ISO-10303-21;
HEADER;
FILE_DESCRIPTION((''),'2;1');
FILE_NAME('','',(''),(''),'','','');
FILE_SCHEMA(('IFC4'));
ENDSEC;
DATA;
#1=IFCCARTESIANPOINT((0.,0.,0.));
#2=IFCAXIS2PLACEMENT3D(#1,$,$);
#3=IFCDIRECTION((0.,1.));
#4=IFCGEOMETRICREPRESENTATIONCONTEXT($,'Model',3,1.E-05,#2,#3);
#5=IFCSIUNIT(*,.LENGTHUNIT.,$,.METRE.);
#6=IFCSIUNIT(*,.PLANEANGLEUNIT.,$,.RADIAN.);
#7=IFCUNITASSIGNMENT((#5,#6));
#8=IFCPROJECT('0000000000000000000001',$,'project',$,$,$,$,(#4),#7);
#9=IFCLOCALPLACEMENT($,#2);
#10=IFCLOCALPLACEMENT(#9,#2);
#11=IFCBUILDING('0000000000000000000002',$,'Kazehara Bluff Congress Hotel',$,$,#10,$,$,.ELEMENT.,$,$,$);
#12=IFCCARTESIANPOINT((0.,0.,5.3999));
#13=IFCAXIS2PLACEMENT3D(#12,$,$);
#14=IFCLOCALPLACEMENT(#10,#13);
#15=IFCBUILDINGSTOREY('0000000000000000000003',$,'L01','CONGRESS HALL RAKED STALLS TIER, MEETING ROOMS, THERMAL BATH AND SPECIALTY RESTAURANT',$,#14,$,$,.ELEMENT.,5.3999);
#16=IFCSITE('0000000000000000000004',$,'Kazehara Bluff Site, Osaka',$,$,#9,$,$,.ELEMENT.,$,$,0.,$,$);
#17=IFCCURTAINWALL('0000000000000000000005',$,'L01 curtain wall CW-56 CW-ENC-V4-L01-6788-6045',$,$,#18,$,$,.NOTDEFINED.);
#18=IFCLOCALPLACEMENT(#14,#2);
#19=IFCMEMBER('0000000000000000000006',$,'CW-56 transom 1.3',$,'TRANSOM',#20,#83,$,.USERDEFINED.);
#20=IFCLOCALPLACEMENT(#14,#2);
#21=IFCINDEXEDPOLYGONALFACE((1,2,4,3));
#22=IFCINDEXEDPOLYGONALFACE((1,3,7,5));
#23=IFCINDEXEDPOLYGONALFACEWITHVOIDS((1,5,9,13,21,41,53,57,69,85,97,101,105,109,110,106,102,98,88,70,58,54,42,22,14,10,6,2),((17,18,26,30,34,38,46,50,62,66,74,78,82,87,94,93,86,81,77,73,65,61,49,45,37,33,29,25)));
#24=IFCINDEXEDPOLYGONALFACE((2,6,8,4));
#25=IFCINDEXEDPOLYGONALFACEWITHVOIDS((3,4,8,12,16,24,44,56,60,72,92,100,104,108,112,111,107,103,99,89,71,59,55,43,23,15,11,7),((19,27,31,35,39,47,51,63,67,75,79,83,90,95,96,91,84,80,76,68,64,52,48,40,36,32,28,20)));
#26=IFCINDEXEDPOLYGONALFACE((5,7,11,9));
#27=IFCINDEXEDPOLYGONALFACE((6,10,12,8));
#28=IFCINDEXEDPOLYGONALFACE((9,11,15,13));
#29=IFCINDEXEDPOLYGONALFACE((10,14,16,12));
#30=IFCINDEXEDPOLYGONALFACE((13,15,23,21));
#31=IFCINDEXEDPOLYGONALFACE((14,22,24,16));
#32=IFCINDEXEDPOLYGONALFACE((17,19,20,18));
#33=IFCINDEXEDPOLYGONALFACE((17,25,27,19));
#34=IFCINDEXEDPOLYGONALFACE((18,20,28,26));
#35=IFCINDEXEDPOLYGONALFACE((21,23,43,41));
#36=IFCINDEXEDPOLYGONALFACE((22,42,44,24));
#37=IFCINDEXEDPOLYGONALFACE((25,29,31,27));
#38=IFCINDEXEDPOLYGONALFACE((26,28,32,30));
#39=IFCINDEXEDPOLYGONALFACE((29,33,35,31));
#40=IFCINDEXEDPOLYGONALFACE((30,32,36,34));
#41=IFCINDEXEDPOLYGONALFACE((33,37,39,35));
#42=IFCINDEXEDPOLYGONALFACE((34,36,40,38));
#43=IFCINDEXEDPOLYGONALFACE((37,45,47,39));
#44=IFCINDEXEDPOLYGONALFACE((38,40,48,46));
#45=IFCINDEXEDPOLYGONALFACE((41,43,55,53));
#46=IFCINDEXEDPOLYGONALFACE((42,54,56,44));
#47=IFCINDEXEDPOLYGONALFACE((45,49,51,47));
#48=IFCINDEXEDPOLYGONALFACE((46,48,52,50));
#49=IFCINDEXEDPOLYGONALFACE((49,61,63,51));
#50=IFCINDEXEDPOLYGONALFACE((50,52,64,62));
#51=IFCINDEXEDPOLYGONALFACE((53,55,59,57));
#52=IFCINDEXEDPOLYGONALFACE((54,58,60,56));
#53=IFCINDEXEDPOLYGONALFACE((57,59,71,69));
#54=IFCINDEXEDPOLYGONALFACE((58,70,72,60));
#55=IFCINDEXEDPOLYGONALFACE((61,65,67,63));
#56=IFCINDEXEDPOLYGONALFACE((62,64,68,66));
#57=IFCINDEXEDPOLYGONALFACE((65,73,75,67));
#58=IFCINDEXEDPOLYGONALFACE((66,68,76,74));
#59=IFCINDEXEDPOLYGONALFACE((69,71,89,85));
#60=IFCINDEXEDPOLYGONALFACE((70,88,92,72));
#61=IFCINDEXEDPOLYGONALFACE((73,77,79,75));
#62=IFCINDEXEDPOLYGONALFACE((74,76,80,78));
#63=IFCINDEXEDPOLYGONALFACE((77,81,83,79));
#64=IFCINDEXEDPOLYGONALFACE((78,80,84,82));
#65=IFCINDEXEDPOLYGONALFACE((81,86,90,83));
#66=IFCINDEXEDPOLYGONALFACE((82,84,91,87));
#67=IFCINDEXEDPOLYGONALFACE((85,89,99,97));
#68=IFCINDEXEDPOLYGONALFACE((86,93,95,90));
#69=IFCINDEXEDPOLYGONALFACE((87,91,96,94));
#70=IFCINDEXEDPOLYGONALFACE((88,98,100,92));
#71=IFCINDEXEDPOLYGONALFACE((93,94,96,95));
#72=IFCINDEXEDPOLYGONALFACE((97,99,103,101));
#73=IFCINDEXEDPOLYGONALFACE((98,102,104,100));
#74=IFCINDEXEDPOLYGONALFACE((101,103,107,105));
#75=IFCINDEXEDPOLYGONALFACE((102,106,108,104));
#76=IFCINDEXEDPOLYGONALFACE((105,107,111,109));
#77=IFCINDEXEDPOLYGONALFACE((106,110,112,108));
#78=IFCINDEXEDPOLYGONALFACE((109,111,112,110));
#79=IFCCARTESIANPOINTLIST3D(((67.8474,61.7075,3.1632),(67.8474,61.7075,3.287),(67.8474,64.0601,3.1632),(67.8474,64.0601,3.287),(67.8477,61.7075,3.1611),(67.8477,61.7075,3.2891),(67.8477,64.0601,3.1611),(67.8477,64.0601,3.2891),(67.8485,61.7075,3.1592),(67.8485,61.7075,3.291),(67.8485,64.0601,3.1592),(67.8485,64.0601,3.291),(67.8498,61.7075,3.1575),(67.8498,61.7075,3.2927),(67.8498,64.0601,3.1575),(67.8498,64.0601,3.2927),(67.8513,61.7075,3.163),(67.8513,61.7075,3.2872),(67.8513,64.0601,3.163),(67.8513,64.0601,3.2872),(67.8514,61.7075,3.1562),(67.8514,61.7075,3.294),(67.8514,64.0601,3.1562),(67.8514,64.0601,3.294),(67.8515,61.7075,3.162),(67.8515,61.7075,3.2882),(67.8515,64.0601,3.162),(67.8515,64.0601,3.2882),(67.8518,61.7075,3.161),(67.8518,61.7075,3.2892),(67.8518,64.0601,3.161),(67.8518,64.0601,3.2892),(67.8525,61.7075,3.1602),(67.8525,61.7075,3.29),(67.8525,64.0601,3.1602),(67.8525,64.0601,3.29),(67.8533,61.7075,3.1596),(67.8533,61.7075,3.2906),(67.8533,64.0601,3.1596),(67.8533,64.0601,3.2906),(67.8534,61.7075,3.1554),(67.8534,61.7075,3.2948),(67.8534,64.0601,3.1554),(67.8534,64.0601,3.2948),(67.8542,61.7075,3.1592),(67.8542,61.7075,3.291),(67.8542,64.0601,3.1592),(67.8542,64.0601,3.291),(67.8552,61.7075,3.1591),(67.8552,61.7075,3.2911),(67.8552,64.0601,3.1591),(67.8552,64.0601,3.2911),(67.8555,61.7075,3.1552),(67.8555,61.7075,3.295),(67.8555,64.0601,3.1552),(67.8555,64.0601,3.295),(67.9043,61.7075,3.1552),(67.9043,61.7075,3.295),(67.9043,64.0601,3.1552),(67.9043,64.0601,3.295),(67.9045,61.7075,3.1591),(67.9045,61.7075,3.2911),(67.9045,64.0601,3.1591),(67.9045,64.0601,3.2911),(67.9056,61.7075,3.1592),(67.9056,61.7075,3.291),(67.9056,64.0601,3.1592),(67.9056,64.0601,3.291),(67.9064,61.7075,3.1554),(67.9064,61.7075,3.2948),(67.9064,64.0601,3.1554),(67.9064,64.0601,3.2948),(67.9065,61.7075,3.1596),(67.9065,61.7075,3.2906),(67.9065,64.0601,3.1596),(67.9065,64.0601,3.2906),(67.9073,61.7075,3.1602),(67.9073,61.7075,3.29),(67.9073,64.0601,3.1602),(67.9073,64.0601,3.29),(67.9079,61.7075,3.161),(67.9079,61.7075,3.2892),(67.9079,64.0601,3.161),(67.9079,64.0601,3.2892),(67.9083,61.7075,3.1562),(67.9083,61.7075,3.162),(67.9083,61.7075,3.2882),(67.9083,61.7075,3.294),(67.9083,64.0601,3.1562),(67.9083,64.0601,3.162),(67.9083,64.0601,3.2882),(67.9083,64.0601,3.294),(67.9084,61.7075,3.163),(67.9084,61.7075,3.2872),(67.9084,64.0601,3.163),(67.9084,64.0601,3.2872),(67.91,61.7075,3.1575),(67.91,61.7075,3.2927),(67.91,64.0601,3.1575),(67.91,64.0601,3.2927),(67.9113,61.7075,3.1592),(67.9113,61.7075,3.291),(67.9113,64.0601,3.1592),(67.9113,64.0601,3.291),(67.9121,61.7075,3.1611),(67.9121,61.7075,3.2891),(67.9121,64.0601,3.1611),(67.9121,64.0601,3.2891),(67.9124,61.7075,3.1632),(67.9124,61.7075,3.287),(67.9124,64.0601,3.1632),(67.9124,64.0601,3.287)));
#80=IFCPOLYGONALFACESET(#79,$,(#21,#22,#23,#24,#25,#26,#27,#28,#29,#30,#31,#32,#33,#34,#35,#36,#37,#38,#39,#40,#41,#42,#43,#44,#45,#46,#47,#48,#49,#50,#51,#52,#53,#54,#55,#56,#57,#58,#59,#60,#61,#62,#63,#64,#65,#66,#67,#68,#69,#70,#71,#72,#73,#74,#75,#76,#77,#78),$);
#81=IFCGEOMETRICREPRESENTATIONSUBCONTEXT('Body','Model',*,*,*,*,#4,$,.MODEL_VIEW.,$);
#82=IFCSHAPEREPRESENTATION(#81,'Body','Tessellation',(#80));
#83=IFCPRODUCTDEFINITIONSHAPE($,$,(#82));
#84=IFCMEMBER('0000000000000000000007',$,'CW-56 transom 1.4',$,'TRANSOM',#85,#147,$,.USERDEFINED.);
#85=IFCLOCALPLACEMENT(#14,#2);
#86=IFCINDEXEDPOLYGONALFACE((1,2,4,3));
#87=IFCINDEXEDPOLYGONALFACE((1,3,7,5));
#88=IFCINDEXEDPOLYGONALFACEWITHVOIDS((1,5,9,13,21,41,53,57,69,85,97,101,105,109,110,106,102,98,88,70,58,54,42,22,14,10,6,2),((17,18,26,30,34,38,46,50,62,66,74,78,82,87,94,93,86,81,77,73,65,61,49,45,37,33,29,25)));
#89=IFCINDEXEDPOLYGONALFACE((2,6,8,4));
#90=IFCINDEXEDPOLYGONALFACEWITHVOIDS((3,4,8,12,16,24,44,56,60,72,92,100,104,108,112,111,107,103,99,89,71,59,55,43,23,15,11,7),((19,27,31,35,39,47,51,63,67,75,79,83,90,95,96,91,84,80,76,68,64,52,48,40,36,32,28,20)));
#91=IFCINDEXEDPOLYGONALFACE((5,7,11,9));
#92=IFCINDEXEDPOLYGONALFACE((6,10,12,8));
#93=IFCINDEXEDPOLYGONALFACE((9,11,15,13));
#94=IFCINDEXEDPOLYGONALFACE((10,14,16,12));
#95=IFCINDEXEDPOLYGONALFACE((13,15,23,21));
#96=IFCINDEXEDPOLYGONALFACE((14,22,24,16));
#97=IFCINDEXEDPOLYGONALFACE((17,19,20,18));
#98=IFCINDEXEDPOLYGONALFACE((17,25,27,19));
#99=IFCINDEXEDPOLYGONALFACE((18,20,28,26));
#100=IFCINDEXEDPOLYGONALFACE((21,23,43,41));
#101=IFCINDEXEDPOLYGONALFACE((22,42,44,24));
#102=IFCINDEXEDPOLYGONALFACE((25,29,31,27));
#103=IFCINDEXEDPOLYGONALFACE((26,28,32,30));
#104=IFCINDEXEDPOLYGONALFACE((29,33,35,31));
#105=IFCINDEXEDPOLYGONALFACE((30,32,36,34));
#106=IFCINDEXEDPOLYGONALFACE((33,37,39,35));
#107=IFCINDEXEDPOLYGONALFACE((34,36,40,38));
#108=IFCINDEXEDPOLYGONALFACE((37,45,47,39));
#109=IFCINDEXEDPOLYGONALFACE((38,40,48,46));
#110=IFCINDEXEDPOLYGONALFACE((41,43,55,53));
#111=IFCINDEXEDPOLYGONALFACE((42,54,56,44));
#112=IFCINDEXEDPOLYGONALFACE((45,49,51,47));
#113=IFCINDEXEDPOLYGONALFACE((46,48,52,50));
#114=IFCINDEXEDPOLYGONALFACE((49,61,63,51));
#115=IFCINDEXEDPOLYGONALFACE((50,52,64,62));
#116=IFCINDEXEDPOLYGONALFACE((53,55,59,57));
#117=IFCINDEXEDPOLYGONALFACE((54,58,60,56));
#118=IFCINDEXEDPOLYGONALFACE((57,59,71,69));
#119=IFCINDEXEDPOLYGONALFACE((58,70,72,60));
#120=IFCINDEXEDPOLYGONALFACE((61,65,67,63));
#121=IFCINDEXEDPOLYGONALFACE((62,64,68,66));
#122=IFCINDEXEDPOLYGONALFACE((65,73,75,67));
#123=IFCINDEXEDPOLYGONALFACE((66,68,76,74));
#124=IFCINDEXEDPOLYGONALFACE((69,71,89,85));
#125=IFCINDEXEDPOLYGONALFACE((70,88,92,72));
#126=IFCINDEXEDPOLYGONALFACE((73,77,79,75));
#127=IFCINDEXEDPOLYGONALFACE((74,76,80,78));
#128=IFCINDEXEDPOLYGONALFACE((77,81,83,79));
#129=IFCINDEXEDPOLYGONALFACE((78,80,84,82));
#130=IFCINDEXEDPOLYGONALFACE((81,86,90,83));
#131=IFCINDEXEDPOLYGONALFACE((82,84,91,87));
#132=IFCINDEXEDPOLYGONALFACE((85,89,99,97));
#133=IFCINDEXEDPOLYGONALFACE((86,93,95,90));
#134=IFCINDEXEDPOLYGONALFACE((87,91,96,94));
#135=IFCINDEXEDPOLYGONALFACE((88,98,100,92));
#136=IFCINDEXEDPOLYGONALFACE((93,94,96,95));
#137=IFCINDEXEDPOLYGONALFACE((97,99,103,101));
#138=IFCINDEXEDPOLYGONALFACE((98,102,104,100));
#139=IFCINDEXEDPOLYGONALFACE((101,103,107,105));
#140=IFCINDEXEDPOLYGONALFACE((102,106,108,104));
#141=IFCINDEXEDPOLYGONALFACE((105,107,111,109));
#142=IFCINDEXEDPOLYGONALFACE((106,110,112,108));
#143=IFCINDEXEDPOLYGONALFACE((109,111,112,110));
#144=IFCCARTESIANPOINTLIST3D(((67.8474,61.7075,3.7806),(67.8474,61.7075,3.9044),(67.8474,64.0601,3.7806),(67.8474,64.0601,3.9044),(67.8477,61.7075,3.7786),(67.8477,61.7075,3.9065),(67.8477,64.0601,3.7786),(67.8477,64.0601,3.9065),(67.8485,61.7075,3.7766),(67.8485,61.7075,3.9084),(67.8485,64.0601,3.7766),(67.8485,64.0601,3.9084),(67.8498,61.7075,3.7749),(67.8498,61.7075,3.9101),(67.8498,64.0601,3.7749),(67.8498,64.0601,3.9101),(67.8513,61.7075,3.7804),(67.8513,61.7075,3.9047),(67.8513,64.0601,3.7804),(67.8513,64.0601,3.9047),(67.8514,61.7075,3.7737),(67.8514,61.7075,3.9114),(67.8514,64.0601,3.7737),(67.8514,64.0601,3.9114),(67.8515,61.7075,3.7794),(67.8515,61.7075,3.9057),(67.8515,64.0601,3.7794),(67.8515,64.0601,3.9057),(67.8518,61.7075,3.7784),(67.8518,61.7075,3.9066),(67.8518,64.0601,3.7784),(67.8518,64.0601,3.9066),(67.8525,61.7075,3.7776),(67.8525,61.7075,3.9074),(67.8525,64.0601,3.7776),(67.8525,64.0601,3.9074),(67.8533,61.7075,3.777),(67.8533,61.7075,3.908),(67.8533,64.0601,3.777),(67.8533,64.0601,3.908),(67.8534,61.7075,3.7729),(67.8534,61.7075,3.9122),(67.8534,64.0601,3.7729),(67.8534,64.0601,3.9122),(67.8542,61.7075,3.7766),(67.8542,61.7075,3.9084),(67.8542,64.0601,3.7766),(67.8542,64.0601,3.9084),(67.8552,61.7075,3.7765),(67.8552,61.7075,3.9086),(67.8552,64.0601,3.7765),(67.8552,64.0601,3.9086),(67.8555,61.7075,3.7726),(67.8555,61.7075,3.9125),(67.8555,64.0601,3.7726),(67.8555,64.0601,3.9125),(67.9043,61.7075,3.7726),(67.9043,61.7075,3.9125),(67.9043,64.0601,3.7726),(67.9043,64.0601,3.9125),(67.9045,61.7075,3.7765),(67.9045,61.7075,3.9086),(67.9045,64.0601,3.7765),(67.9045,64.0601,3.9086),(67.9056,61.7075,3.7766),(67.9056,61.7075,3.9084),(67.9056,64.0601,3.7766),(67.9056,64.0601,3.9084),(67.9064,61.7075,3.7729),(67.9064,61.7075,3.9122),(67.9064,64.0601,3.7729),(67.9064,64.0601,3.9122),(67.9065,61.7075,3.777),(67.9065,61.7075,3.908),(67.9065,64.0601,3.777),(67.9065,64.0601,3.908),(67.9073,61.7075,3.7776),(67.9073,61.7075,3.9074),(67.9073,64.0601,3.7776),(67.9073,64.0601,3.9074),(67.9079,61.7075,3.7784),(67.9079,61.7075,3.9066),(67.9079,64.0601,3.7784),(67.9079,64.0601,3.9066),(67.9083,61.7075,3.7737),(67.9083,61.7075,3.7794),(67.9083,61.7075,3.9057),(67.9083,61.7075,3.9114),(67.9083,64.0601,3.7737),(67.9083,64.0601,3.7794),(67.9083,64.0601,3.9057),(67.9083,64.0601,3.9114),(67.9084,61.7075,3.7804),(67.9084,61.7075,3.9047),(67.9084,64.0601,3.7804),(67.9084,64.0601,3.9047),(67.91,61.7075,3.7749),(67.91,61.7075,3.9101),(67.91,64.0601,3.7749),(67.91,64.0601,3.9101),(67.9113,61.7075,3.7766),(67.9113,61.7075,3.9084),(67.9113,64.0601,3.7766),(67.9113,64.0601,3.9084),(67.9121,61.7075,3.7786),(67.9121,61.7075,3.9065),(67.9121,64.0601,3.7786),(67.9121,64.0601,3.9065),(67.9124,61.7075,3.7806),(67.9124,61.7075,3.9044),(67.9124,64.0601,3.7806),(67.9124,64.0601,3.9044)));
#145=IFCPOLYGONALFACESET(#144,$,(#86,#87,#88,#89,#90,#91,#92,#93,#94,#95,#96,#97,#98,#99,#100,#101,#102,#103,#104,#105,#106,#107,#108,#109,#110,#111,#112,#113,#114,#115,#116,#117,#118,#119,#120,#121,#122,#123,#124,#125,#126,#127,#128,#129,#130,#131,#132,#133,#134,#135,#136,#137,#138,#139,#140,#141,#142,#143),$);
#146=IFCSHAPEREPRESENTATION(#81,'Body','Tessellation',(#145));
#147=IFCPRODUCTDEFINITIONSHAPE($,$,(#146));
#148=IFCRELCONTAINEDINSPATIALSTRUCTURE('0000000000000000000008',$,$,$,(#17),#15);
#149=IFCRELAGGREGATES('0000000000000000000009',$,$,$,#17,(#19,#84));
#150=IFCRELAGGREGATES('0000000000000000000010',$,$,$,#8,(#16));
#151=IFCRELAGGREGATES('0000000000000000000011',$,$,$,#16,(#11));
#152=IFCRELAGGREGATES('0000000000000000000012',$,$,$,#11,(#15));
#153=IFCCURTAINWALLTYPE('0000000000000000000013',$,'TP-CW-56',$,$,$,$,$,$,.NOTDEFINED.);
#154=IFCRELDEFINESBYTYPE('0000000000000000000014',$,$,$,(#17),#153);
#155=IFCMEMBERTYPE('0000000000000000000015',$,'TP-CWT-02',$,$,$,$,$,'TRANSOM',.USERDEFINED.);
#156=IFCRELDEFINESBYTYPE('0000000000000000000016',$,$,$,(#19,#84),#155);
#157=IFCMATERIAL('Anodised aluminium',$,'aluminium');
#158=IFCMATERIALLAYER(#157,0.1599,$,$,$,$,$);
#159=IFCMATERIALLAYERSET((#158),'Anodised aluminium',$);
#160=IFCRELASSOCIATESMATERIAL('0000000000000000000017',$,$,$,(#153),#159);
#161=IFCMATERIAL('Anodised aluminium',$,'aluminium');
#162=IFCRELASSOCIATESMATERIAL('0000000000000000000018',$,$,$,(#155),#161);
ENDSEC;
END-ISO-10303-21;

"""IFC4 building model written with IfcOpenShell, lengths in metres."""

from ifc_helpers import new_model, si_unit, direction, frame, origin, origin_2d, place, context, subcontext, project, spatial, hollow_rectangle, extrude, material, layer, layer_set, material_profile, profile_set, type_object, element, aggregate, save


model = new_model("IFC4")

# Units and contexts
model_context = context("Model", 3, precision=1e-05, world=origin(), true_north=direction((0.0, 1.0)))
body_context = subcontext(model_context, "Body", "Model", "MODEL_VIEW")
ifc_project = project(units=[si_unit("LENGTHUNIT", "METRE"), si_unit("PLANEANGLEUNIT", "RADIAN")], contexts=[model_context])

# Site, building, storey
site_placement = place(None, origin())
site = spatial("IfcSite", under=ifc_project, at=site_placement, Name="Kazehara Bluff Site, Osaka", CompositionType="ELEMENT", RefElevation=0.0)
building_placement = place(site_placement, origin())
building = spatial("IfcBuilding", under=site, at=building_placement, Name="Kazehara Bluff Congress Hotel", CompositionType="ELEMENT")
storey_placement = place(building_placement, frame((0.0, 0.0, 5.3999)))
storey = spatial("IfcBuildingStorey", under=building, at=storey_placement, Name="L01", Description="CONGRESS HALL RAKED STALLS TIER, MEETING ROOMS, THERMAL BATH AND SPECIALTY RESTAURANT", CompositionType="ELEMENT", Elevation=5.3999)

# Curtain wall
ifc_material_1 = material(Name="Anodised aluminium", Category="aluminium")
ifc_layer_1 = layer(ifc_material_1, 0.1599)
ifc_layer_set_1 = layer_set([ifc_layer_1], Name="Anodised aluminium")
curtain_wall_type_1 = type_object("IfcCurtainWallType", Name="TP-CW-56", PredefinedType="NOTDEFINED", material=ifc_layer_set_1)
curtain_wall_1_placement = place(storey_placement, origin())
curtain_wall_1 = element("IfcCurtainWall", 1, at=curtain_wall_1_placement, inside=storey, type_object=curtain_wall_type_1, Name="L01 curtain wall CW-56 CW-ENC-V4-L01-6788-6045", PredefinedType="NOTDEFINED")

# Members
ifc_material_2 = material(Name="Anodised aluminium", Category="aluminium")
ifc_material_profile_1 = material_profile(ifc_material_2, hollow_rectangle(XDim=0.0649, YDim=0.1399, WallThickness=0.0039, InnerFilletRadius=0.0039, OuterFilletRadius=0.0081, at=origin_2d()))
ifc_profile_set_1 = profile_set([ifc_material_profile_1], Name="Anodised aluminium")
member_type_1 = type_object("IfcMemberType", Name="TP-CWT-02", ElementType="TRANSOM", PredefinedType="USERDEFINED", material=ifc_profile_set_1)
member_1_placement = place(storey_placement, frame((67.8799, 64.0601, 3.2251), z_axis=(0.0, -1.0, 0.0), x_axis=(1.0, 0.0, 0.0)))
member_1 = element("IfcMember", 2, at=member_1_placement, type_object=member_type_1, Name="CW-56 transom 1.3", ObjectType="TRANSOM", PredefinedType="USERDEFINED", context=body_context, shape_type="SweptSolid", body=[
    extrude(hollow_rectangle(XDim=0.0649, YDim=0.1399, WallThickness=0.0039, InnerFilletRadius=0.0039, OuterFilletRadius=0.0081, at=origin_2d()), origin(), (0.0, 0.0, 1.0), 2.3525),
])
member_2_placement = place(storey_placement, frame((67.8799, 64.0601, 3.8425), z_axis=(0.0, -1.0, 0.0), x_axis=(1.0, 0.0, 0.0)))
member_2 = element("IfcMember", 3, at=member_2_placement, type_object=member_type_1, Name="CW-56 transom 1.4", ObjectType="TRANSOM", PredefinedType="USERDEFINED", context=body_context, shape_type="SweptSolid", body=[
    extrude(hollow_rectangle(XDim=0.0649, YDim=0.1399, WallThickness=0.0039, InnerFilletRadius=0.0039, OuterFilletRadius=0.0081, at=origin_2d()), origin(), (0.0, 0.0, 1.0), 2.3525),
])

aggregate(curtain_wall_1, [member_1, member_2])

save(model, "model.ifc")
